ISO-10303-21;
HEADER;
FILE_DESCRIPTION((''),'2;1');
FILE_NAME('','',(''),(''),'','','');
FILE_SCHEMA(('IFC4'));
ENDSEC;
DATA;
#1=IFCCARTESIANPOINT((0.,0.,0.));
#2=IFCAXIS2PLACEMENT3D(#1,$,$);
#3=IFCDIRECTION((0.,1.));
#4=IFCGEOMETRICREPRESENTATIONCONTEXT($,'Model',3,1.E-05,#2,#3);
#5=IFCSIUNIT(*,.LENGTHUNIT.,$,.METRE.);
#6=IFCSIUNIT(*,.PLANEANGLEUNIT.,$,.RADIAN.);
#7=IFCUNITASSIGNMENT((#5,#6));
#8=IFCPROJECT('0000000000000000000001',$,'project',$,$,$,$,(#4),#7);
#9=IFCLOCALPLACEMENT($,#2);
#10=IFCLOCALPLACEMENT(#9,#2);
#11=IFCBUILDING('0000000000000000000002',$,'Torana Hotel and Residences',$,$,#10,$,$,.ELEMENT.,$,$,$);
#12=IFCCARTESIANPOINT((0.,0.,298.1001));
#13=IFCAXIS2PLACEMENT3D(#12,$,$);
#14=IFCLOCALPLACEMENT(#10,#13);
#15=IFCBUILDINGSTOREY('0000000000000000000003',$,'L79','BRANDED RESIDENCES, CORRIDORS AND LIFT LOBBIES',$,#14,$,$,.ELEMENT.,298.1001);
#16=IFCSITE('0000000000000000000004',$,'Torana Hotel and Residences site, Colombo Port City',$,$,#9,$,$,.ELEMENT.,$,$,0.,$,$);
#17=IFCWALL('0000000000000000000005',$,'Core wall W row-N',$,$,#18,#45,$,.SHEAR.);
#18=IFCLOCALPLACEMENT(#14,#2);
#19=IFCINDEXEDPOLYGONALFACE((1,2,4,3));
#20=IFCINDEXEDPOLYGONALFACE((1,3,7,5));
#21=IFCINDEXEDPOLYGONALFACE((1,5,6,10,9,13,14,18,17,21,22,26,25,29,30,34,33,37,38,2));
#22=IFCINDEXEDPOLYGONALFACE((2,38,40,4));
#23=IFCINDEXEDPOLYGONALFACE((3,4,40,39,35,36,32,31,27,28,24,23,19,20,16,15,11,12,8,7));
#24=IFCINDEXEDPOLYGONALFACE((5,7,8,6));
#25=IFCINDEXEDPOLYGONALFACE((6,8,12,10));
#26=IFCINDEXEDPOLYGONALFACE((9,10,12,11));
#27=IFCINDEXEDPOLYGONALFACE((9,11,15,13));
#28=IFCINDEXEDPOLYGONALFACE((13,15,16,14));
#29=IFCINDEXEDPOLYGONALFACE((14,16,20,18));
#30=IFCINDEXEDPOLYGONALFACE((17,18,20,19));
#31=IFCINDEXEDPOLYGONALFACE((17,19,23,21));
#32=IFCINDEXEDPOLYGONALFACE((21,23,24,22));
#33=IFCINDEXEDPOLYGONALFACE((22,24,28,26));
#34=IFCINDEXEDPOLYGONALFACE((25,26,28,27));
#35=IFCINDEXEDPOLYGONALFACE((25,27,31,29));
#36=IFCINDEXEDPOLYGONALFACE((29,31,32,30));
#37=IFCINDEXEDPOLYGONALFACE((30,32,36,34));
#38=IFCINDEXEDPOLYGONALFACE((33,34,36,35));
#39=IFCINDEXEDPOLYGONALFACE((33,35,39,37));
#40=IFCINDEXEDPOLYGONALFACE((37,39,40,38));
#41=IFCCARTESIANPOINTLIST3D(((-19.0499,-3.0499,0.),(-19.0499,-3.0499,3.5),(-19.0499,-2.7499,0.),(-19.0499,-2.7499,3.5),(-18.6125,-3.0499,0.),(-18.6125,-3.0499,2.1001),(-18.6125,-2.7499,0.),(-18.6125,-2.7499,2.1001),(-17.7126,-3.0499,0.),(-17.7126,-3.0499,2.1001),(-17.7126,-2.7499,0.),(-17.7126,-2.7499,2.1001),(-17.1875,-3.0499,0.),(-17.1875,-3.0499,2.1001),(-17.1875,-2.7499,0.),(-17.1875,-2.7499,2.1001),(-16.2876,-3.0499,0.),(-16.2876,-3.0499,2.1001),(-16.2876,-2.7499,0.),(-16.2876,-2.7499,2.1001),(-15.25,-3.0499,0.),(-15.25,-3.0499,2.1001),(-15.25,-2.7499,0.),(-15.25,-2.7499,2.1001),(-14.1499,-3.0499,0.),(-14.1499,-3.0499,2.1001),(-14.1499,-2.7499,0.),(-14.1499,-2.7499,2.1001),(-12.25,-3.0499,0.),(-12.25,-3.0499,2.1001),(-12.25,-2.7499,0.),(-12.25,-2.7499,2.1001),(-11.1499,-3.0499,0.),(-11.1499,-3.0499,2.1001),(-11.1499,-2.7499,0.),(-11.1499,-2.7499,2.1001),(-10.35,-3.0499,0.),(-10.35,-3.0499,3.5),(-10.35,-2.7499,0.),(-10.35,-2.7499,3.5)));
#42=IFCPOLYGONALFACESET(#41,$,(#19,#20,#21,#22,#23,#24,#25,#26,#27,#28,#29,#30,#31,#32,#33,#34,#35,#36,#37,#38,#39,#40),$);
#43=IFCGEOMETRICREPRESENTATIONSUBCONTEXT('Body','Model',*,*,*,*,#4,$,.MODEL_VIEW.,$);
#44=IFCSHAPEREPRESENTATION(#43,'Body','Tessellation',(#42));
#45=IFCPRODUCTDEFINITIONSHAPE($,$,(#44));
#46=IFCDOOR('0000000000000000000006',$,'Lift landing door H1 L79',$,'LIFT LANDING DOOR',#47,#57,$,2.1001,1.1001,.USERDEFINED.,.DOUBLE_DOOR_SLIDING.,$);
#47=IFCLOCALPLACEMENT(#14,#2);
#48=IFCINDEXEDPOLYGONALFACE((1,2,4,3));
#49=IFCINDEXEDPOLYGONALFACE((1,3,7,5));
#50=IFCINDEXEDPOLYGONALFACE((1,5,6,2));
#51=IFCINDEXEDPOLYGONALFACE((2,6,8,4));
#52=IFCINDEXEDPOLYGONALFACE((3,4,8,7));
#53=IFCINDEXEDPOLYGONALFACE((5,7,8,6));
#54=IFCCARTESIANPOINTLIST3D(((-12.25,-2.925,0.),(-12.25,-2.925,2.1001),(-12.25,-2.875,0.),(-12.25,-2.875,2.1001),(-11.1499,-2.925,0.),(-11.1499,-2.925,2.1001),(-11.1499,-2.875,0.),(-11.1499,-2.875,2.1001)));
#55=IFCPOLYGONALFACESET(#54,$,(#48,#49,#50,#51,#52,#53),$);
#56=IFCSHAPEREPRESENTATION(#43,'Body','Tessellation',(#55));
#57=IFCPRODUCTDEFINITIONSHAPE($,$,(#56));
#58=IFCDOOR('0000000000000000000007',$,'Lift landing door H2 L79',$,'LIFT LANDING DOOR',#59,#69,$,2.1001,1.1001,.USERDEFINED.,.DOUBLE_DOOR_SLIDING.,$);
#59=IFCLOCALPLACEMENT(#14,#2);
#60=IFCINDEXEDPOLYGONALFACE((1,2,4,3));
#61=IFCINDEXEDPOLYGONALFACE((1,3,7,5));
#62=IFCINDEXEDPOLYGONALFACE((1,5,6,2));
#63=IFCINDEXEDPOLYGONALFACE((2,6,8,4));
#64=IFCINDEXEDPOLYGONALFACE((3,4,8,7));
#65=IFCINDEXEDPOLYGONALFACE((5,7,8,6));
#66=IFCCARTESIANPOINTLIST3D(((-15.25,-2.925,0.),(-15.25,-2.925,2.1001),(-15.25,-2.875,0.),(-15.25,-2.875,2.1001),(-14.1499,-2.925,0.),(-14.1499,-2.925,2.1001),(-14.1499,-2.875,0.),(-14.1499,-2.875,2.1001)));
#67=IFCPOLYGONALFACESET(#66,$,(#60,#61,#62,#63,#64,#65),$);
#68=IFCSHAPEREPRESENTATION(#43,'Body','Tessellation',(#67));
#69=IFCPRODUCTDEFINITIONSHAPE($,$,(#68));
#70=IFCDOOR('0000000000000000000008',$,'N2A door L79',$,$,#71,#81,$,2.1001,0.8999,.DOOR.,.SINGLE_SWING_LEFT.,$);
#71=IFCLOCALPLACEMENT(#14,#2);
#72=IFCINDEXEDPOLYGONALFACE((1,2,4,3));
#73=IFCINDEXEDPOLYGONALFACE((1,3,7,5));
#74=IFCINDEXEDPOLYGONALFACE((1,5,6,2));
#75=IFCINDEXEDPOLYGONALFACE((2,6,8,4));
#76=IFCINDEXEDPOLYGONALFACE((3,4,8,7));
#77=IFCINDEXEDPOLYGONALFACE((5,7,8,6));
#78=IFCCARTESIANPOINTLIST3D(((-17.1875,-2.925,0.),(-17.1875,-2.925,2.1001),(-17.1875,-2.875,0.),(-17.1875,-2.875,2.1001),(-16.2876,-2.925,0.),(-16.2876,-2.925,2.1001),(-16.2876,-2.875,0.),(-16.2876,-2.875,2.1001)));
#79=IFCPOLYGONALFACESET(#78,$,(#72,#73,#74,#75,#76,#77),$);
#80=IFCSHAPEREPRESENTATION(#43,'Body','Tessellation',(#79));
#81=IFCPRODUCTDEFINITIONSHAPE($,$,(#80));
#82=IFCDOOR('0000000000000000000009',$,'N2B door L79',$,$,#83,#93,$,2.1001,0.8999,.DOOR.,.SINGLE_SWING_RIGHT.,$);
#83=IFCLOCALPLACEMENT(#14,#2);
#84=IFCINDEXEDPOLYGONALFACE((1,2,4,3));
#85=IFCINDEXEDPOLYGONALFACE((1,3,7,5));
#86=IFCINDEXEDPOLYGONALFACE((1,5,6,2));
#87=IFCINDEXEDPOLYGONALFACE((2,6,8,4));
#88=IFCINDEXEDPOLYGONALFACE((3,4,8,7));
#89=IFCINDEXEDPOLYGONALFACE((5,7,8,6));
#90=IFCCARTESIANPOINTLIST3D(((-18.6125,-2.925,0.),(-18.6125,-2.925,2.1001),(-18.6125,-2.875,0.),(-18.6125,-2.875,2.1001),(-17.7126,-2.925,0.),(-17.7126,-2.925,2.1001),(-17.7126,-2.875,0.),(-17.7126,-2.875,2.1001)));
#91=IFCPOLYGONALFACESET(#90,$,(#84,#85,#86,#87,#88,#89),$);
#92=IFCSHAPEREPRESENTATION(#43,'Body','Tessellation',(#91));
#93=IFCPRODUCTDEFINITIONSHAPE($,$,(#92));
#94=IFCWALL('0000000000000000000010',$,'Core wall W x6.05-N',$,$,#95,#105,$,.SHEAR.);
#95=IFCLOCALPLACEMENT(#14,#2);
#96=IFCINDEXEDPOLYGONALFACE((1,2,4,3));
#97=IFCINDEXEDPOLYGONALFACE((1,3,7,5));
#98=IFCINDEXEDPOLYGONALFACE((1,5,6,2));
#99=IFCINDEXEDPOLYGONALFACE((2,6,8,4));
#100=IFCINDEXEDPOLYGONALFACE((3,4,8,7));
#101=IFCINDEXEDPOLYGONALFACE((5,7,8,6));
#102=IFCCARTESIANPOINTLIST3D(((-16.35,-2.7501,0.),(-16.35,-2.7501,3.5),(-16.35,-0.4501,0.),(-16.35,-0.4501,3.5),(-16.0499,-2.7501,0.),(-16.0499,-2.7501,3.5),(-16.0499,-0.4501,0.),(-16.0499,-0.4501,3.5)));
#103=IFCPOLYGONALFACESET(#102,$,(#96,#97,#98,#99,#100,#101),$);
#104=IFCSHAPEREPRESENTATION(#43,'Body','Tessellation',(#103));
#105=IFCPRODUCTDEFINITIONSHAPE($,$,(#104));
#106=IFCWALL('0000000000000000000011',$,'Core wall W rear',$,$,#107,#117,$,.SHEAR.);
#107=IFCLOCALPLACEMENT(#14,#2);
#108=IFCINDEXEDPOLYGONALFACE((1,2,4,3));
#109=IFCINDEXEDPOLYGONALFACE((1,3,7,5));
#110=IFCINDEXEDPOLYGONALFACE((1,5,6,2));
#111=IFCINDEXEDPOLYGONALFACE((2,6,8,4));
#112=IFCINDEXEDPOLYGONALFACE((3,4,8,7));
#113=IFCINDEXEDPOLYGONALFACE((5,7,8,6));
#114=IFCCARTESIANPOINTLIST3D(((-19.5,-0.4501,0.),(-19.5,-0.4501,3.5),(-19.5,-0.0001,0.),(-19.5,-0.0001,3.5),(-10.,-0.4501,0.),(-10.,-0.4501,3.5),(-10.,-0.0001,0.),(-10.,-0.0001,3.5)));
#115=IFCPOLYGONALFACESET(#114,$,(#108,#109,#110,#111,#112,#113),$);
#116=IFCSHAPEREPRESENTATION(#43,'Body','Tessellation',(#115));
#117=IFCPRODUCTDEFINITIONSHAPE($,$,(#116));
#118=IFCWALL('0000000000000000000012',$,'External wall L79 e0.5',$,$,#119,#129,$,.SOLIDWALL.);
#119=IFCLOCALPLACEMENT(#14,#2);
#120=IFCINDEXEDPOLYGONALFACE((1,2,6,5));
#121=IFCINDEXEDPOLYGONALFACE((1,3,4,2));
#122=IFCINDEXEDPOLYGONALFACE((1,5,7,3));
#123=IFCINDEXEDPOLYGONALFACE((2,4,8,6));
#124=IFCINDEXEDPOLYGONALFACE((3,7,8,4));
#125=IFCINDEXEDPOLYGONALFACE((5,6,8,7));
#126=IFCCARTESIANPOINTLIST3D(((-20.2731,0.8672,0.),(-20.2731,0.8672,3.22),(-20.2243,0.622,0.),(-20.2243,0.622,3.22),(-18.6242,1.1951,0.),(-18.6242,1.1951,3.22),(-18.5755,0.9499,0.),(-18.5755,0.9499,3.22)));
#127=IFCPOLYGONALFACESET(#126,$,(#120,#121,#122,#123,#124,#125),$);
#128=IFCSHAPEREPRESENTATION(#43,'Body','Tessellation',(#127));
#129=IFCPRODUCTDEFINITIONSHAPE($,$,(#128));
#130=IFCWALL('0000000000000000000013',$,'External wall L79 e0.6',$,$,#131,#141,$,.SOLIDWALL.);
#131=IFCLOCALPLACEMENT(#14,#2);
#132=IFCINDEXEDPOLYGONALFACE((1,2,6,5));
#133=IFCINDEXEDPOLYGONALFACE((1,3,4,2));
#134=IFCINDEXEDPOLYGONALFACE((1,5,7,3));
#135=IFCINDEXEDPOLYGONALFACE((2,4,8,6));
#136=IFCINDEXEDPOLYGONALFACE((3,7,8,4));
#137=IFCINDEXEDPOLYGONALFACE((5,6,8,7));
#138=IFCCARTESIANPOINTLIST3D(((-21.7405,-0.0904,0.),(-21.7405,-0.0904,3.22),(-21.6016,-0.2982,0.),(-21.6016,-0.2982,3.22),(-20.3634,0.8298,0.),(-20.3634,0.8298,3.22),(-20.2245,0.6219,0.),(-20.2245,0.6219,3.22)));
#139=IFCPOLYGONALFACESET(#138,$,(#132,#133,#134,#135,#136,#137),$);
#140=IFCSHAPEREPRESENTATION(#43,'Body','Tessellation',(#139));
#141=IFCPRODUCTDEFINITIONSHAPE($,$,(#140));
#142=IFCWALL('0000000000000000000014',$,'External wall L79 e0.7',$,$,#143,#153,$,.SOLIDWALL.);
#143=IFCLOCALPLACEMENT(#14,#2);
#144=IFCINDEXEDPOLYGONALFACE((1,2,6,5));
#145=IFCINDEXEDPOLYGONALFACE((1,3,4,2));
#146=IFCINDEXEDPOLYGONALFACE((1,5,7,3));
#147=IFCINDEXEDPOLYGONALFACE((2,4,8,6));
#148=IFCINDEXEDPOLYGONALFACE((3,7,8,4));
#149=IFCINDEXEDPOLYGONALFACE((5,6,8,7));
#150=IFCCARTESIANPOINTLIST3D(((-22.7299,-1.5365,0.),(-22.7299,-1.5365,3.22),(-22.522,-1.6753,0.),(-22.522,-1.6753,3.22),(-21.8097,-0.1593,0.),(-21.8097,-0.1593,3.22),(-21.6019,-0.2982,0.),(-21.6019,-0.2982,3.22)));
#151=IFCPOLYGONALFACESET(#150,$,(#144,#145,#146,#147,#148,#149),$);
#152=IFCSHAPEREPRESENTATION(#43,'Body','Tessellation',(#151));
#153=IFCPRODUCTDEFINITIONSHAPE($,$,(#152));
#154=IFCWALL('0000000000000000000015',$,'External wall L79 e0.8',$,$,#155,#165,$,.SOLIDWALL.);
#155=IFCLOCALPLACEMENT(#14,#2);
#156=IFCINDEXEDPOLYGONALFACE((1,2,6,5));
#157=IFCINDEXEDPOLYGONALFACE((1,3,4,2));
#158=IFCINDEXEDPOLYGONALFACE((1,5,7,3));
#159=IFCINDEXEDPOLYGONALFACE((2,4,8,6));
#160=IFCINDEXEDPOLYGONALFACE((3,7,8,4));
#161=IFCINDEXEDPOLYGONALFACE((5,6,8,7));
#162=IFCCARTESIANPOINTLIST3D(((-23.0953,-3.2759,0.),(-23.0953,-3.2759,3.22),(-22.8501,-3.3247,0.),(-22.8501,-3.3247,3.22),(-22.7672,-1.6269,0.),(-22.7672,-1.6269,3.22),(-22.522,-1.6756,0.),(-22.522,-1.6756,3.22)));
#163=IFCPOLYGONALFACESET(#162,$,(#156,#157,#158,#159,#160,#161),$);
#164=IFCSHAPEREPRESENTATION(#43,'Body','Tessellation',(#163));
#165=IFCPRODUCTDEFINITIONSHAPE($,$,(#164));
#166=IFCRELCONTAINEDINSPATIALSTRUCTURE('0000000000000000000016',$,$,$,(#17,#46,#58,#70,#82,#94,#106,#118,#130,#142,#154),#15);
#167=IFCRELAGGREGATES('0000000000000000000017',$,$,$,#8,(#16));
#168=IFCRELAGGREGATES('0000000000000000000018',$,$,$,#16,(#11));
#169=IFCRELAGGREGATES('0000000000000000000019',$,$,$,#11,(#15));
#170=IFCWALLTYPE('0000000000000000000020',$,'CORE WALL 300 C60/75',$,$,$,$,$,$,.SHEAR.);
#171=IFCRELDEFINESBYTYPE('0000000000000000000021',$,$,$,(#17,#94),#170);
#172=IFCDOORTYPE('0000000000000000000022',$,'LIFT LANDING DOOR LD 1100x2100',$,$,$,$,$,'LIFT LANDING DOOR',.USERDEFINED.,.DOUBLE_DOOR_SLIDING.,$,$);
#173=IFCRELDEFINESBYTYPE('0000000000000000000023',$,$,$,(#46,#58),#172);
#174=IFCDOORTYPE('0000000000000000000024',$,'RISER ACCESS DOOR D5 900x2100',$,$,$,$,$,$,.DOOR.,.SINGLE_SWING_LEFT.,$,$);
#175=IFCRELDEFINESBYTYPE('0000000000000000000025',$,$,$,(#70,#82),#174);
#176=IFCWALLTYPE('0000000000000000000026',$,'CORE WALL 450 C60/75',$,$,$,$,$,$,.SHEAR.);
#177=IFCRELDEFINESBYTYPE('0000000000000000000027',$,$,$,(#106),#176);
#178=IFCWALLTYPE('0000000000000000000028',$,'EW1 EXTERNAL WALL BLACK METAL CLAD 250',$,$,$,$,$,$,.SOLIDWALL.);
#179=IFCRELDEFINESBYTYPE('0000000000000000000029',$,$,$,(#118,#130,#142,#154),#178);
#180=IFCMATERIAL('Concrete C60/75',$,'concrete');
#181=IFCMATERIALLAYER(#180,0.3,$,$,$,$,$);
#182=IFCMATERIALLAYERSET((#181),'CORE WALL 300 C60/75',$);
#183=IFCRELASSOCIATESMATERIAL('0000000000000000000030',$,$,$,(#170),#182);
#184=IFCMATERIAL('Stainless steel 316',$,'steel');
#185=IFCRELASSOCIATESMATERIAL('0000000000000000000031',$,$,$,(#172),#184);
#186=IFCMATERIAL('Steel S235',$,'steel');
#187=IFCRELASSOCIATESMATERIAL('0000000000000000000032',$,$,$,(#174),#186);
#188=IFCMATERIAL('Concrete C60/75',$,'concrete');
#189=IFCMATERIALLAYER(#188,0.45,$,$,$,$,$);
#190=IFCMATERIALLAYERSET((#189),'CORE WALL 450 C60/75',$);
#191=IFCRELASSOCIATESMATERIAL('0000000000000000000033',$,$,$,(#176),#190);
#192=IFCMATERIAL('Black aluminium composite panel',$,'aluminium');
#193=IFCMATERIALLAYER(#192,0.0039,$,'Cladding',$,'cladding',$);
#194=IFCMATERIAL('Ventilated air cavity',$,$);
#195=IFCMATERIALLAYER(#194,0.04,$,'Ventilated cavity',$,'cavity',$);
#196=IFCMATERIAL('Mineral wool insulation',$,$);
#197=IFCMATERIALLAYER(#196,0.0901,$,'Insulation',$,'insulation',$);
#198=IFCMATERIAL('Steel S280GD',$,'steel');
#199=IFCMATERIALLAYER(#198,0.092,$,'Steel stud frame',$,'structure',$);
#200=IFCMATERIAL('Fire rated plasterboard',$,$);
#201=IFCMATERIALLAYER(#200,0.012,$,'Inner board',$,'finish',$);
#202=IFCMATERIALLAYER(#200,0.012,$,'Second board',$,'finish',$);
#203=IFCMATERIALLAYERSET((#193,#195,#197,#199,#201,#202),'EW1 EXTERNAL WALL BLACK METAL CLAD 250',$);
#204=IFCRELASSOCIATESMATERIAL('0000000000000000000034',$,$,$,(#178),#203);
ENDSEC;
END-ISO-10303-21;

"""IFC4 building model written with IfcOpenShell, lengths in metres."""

from ifc_helpers import new_model, si_unit, direction, frame, frame_2d, origin, place, context, subcontext, project, spatial, rectangle, extrude, material, layer, layer_set, type_object, element, fill, save


model = new_model("IFC4")

# Units and contexts
model_context = context("Model", 3, precision=1e-05, world=origin(), true_north=direction((0.0, 1.0)))
body_context = subcontext(model_context, "Body", "Model", "MODEL_VIEW")
ifc_project = project(units=[si_unit("LENGTHUNIT", "METRE"), si_unit("PLANEANGLEUNIT", "RADIAN")], contexts=[model_context])

# Site, building, storey
site_placement = place(None, origin())
site = spatial("IfcSite", under=ifc_project, at=site_placement, Name="Torana Hotel and Residences site, Colombo Port City", CompositionType="ELEMENT", RefElevation=0.0)
building_placement = place(site_placement, origin())
building = spatial("IfcBuilding", under=site, at=building_placement, Name="Torana Hotel and Residences", CompositionType="ELEMENT")
storey_placement = place(building_placement, frame((0.0, 0.0, 298.1001)))
storey = spatial("IfcBuildingStorey", under=building, at=storey_placement, Name="L79", Description="BRANDED RESIDENCES, CORRIDORS AND LIFT LOBBIES", CompositionType="ELEMENT", Elevation=298.1001)

# Wall, openings, doors
ifc_material_1 = material(Name="Concrete C60/75", Category="concrete")
ifc_layer_1 = layer(ifc_material_1, 0.3)
ifc_layer_set_1 = layer_set([ifc_layer_1], Name="CORE WALL 300 C60/75")
wall_type_1 = type_object("IfcWallType", Name="CORE WALL 300 C60/75", PredefinedType="SHEAR", material=ifc_layer_set_1)
wall_1_placement = place(storey_placement, frame((-19.05, -2.8999, 0.0), z_axis=(0.0, 0.0, 1.0), x_axis=(1.0, 0.0, 0.0)))
wall_1 = element("IfcWall", 1, at=wall_1_placement, inside=storey, type_object=wall_type_1, Name="Core wall W row-N", PredefinedType="SHEAR", context=body_context, shape_type="SweptSolid", body=[
    extrude(rectangle(XDim=8.7, YDim=0.3, at=frame_2d((4.3501, 0.0))), origin(), (0.0, 0.0, 1.0), 3.5),
])
opening_1_placement = place(wall_1_placement, frame((6.8, 0.0, 0.0)))
opening_1 = element("IfcOpeningElement", 2, at=opening_1_placement, cuts=wall_1, PredefinedType="OPENING", context=body_context, shape_type="SweptSolid", body=[
    extrude(rectangle(XDim=1.1001, YDim=2.1001, at=frame_2d((0.55, 1.05))), frame((0.0, 0.1599, 0.0), z_axis=(0.0, -1.0, 0.0), x_axis=(1.0, 0.0, 0.0)), (0.0, 0.0, 1.0), 0.3201),
])
opening_2_placement = place(wall_1_placement, frame((3.8, 0.0, 0.0)))
opening_2 = element("IfcOpeningElement", 3, at=opening_2_placement, cuts=wall_1, PredefinedType="OPENING", context=body_context, shape_type="SweptSolid", body=[
    extrude(rectangle(XDim=1.1001, YDim=2.1001, at=frame_2d((0.55, 1.05))), frame((0.0, 0.1599, 0.0), z_axis=(0.0, -1.0, 0.0), x_axis=(1.0, 0.0, 0.0)), (0.0, 0.0, 1.0), 0.3201),
])
opening_3_placement = place(wall_1_placement, frame((1.8625, 0.0, 0.0)))
opening_3 = element("IfcOpeningElement", 4, at=opening_3_placement, cuts=wall_1, PredefinedType="OPENING", context=body_context, shape_type="SweptSolid", body=[
    extrude(rectangle(XDim=0.8999, YDim=2.1001, at=frame_2d((0.45, 1.05))), frame((0.0, 0.1599, 0.0), z_axis=(0.0, -1.0, 0.0), x_axis=(1.0, 0.0, 0.0)), (0.0, 0.0, 1.0), 0.3201),
])
opening_4_placement = place(wall_1_placement, frame((0.4375, 0.0, 0.0)))
opening_4 = element("IfcOpeningElement", 5, at=opening_4_placement, cuts=wall_1, PredefinedType="OPENING", context=body_context, shape_type="SweptSolid", body=[
    extrude(rectangle(XDim=0.8999, YDim=2.1001, at=frame_2d((0.45, 1.05))), frame((0.0, 0.1599, 0.0), z_axis=(0.0, -1.0, 0.0), x_axis=(1.0, 0.0, 0.0)), (0.0, 0.0, 1.0), 0.3201),
])
ifc_material_2 = material(Name="Stainless steel 316", Category="steel")
door_type_1 = type_object("IfcDoorType", Name="LIFT LANDING DOOR LD 1100x2100", ElementType="LIFT LANDING DOOR", OperationType="DOUBLE_DOOR_SLIDING", PredefinedType="USERDEFINED", material=ifc_material_2)
door_1_placement = place(opening_1_placement, origin())
door_1 = element("IfcDoor", 6, at=door_1_placement, inside=storey, type_object=door_type_1, Name="Lift landing door H1 L79", ObjectType="LIFT LANDING DOOR", OperationType="DOUBLE_DOOR_SLIDING", OverallHeight=2.1001, OverallWidth=1.1001, PredefinedType="USERDEFINED", context=body_context, shape_type="SweptSolid", body=[
    extrude(rectangle(XDim=1.1001, YDim=2.1001, at=frame_2d((0.55, 1.05))), frame((0.0, 0.0249, 0.0), z_axis=(0.0, -1.0, 0.0), x_axis=(1.0, 0.0, 0.0)), (0.0, 0.0, 1.0), 0.05),
])
fill(opening_1, door_1)
door_2_placement = place(opening_2_placement, origin())
door_2 = element("IfcDoor", 7, at=door_2_placement, inside=storey, type_object=door_type_1, Name="Lift landing door H2 L79", ObjectType="LIFT LANDING DOOR", OperationType="DOUBLE_DOOR_SLIDING", OverallHeight=2.1001, OverallWidth=1.1001, PredefinedType="USERDEFINED", context=body_context, shape_type="SweptSolid", body=[
    extrude(rectangle(XDim=1.1001, YDim=2.1001, at=frame_2d((0.55, 1.05))), frame((0.0, 0.0249, 0.0), z_axis=(0.0, -1.0, 0.0), x_axis=(1.0, 0.0, 0.0)), (0.0, 0.0, 1.0), 0.05),
])
fill(opening_2, door_2)
ifc_material_3 = material(Name="Steel S235", Category="steel")
door_type_2 = type_object("IfcDoorType", Name="RISER ACCESS DOOR D5 900x2100", OperationType="SINGLE_SWING_LEFT", PredefinedType="DOOR", material=ifc_material_3)
door_3_placement = place(opening_3_placement, origin())
door_3 = element("IfcDoor", 8, at=door_3_placement, inside=storey, type_object=door_type_2, Name="N2A door L79", OperationType="SINGLE_SWING_LEFT", OverallHeight=2.1001, OverallWidth=0.8999, PredefinedType="DOOR", context=body_context, shape_type="SweptSolid", body=[
    extrude(rectangle(XDim=0.8999, YDim=2.1001, at=frame_2d((0.45, 1.05))), frame((0.0, 0.0249, 0.0), z_axis=(0.0, -1.0, 0.0), x_axis=(1.0, 0.0, 0.0)), (0.0, 0.0, 1.0), 0.05),
])
fill(opening_3, door_3)
door_4_placement = place(opening_4_placement, origin())
door_4 = element("IfcDoor", 9, at=door_4_placement, inside=storey, type_object=door_type_2, Name="N2B door L79", OperationType="SINGLE_SWING_RIGHT", OverallHeight=2.1001, OverallWidth=0.8999, PredefinedType="DOOR", context=body_context, shape_type="SweptSolid", body=[
    extrude(rectangle(XDim=0.8999, YDim=2.1001, at=frame_2d((0.45, 1.05))), frame((0.0, 0.0249, 0.0), z_axis=(0.0, -1.0, 0.0), x_axis=(1.0, 0.0, 0.0)), (0.0, 0.0, 1.0), 0.05),
])
fill(opening_4, door_4)

# Walls
wall_2_placement = place(storey_placement, frame((-16.2, -2.75, 0.0), z_axis=(0.0, 0.0, 1.0), x_axis=(0.0, 1.0, 0.0)))
element("IfcWall", 10, at=wall_2_placement, inside=storey, type_object=wall_type_1, Name="Core wall W x6.05-N", PredefinedType="SHEAR", context=body_context, shape_type="SweptSolid", body=[
    extrude(rectangle(XDim=2.3, YDim=0.3, at=frame_2d((1.1499, 0.0))), origin(), (0.0, 0.0, 1.0), 3.5),
])
ifc_material_4 = material(Name="Concrete C60/75", Category="concrete")
ifc_layer_2 = layer(ifc_material_4, 0.45)
ifc_layer_set_2 = layer_set([ifc_layer_2], Name="CORE WALL 450 C60/75")
wall_type_2 = type_object("IfcWallType", Name="CORE WALL 450 C60/75", PredefinedType="SHEAR", material=ifc_layer_set_2)
wall_3_placement = place(storey_placement, frame((-19.5, -0.2251, 0.0), z_axis=(0.0, 0.0, 1.0), x_axis=(1.0, 0.0, 0.0)))
element("IfcWall", 11, at=wall_3_placement, inside=storey, type_object=wall_type_2, Name="Core wall W rear", PredefinedType="SHEAR", context=body_context, shape_type="SweptSolid", body=[
    extrude(rectangle(XDim=9.5, YDim=0.45, at=frame_2d((4.75, 0.0))), origin(), (0.0, 0.0, 1.0), 3.5),
])
ifc_material_5 = material(Name="Black aluminium composite panel", Category="aluminium")
ifc_layer_3 = layer(ifc_material_5, 0.0039, Name="Cladding", Category="cladding")
ifc_material_6 = material(Name="Ventilated air cavity")
ifc_layer_4 = layer(ifc_material_6, 0.04, Name="Ventilated cavity", Category="cavity")
ifc_material_7 = material(Name="Mineral wool insulation")
ifc_layer_5 = layer(ifc_material_7, 0.0901, Name="Insulation", Category="insulation")
ifc_material_8 = material(Name="Steel S280GD", Category="steel")
ifc_layer_6 = layer(ifc_material_8, 0.092, Name="Steel stud frame", Category="structure")
ifc_material_9 = material(Name="Fire rated plasterboard")
ifc_layer_7 = layer(ifc_material_9, 0.012, Name="Inner board", Category="finish")
ifc_layer_8 = layer(ifc_material_9, 0.012, Name="Second board", Category="finish")
ifc_layer_set_3 = layer_set([ifc_layer_3, ifc_layer_4, ifc_layer_5, ifc_layer_6, ifc_layer_7, ifc_layer_8], Name="EW1 EXTERNAL WALL BLACK METAL CLAD 250")
wall_type_3 = type_object("IfcWallType", Name="EW1 EXTERNAL WALL BLACK METAL CLAD 250", PredefinedType="SOLIDWALL", material=ifc_layer_set_3)
wall_4_placement = place(storey_placement, frame((-18.5999, 1.0725, 0.0), z_axis=(0.0, 0.0, 1.0), x_axis=(-0.980798, -0.195027, 0.0)))
element("IfcWall", 12, at=wall_4_placement, inside=storey, type_object=wall_type_3, Name="External wall L79 e0.5", PredefinedType="SOLIDWALL", context=body_context, shape_type="SweptSolid", body=[
    extrude(rectangle(XDim=1.6812, YDim=0.25, at=frame_2d((0.8406, 0.0))), origin(), (0.0, 0.0, 1.0), 3.22),
])
for number, where, z_axis, x_axis, name in (
    (13, (-20.2939, 0.7258, 0.0), (0.0, 0.0, 1.0), (-0.831483, -0.55555, 0.0), "External wall L79 e0.6"),
    (14, (-21.7058, -0.2288, 0.0), (0.0, 0.0, 1.0), (-0.55555, -0.831483, 0.0), "External wall L79 e0.7"),
):
    element("IfcWall", number, at=place(storey_placement, frame(where, z_axis=z_axis, x_axis=x_axis)), inside=storey, type_object=wall_type_3, Name=name, PredefinedType="SOLIDWALL", context=body_context, shape_type="SweptSolid", body=[
        extrude(rectangle(XDim=1.6562, YDim=0.25, at=frame_2d((0.8281, 0.0))), origin(), (0.0, 0.0, 1.0), 3.22),
    ])
wall_5_placement = place(storey_placement, frame((-22.6445, -1.6511, 0.0), z_axis=(0.0, 0.0, 1.0), x_axis=(-0.195139, -0.980776, 0.0)))
element("IfcWall", 15, at=wall_5_placement, inside=storey, type_object=wall_type_3, Name="External wall L79 e0.8", PredefinedType="SOLIDWALL", context=body_context, shape_type="SweptSolid", body=[
    extrude(rectangle(XDim=1.6814, YDim=0.25, at=frame_2d((0.8408, 0.0))), origin(), (0.0, 0.0, 1.0), 3.22),
])

save(model, "model.ifc")
